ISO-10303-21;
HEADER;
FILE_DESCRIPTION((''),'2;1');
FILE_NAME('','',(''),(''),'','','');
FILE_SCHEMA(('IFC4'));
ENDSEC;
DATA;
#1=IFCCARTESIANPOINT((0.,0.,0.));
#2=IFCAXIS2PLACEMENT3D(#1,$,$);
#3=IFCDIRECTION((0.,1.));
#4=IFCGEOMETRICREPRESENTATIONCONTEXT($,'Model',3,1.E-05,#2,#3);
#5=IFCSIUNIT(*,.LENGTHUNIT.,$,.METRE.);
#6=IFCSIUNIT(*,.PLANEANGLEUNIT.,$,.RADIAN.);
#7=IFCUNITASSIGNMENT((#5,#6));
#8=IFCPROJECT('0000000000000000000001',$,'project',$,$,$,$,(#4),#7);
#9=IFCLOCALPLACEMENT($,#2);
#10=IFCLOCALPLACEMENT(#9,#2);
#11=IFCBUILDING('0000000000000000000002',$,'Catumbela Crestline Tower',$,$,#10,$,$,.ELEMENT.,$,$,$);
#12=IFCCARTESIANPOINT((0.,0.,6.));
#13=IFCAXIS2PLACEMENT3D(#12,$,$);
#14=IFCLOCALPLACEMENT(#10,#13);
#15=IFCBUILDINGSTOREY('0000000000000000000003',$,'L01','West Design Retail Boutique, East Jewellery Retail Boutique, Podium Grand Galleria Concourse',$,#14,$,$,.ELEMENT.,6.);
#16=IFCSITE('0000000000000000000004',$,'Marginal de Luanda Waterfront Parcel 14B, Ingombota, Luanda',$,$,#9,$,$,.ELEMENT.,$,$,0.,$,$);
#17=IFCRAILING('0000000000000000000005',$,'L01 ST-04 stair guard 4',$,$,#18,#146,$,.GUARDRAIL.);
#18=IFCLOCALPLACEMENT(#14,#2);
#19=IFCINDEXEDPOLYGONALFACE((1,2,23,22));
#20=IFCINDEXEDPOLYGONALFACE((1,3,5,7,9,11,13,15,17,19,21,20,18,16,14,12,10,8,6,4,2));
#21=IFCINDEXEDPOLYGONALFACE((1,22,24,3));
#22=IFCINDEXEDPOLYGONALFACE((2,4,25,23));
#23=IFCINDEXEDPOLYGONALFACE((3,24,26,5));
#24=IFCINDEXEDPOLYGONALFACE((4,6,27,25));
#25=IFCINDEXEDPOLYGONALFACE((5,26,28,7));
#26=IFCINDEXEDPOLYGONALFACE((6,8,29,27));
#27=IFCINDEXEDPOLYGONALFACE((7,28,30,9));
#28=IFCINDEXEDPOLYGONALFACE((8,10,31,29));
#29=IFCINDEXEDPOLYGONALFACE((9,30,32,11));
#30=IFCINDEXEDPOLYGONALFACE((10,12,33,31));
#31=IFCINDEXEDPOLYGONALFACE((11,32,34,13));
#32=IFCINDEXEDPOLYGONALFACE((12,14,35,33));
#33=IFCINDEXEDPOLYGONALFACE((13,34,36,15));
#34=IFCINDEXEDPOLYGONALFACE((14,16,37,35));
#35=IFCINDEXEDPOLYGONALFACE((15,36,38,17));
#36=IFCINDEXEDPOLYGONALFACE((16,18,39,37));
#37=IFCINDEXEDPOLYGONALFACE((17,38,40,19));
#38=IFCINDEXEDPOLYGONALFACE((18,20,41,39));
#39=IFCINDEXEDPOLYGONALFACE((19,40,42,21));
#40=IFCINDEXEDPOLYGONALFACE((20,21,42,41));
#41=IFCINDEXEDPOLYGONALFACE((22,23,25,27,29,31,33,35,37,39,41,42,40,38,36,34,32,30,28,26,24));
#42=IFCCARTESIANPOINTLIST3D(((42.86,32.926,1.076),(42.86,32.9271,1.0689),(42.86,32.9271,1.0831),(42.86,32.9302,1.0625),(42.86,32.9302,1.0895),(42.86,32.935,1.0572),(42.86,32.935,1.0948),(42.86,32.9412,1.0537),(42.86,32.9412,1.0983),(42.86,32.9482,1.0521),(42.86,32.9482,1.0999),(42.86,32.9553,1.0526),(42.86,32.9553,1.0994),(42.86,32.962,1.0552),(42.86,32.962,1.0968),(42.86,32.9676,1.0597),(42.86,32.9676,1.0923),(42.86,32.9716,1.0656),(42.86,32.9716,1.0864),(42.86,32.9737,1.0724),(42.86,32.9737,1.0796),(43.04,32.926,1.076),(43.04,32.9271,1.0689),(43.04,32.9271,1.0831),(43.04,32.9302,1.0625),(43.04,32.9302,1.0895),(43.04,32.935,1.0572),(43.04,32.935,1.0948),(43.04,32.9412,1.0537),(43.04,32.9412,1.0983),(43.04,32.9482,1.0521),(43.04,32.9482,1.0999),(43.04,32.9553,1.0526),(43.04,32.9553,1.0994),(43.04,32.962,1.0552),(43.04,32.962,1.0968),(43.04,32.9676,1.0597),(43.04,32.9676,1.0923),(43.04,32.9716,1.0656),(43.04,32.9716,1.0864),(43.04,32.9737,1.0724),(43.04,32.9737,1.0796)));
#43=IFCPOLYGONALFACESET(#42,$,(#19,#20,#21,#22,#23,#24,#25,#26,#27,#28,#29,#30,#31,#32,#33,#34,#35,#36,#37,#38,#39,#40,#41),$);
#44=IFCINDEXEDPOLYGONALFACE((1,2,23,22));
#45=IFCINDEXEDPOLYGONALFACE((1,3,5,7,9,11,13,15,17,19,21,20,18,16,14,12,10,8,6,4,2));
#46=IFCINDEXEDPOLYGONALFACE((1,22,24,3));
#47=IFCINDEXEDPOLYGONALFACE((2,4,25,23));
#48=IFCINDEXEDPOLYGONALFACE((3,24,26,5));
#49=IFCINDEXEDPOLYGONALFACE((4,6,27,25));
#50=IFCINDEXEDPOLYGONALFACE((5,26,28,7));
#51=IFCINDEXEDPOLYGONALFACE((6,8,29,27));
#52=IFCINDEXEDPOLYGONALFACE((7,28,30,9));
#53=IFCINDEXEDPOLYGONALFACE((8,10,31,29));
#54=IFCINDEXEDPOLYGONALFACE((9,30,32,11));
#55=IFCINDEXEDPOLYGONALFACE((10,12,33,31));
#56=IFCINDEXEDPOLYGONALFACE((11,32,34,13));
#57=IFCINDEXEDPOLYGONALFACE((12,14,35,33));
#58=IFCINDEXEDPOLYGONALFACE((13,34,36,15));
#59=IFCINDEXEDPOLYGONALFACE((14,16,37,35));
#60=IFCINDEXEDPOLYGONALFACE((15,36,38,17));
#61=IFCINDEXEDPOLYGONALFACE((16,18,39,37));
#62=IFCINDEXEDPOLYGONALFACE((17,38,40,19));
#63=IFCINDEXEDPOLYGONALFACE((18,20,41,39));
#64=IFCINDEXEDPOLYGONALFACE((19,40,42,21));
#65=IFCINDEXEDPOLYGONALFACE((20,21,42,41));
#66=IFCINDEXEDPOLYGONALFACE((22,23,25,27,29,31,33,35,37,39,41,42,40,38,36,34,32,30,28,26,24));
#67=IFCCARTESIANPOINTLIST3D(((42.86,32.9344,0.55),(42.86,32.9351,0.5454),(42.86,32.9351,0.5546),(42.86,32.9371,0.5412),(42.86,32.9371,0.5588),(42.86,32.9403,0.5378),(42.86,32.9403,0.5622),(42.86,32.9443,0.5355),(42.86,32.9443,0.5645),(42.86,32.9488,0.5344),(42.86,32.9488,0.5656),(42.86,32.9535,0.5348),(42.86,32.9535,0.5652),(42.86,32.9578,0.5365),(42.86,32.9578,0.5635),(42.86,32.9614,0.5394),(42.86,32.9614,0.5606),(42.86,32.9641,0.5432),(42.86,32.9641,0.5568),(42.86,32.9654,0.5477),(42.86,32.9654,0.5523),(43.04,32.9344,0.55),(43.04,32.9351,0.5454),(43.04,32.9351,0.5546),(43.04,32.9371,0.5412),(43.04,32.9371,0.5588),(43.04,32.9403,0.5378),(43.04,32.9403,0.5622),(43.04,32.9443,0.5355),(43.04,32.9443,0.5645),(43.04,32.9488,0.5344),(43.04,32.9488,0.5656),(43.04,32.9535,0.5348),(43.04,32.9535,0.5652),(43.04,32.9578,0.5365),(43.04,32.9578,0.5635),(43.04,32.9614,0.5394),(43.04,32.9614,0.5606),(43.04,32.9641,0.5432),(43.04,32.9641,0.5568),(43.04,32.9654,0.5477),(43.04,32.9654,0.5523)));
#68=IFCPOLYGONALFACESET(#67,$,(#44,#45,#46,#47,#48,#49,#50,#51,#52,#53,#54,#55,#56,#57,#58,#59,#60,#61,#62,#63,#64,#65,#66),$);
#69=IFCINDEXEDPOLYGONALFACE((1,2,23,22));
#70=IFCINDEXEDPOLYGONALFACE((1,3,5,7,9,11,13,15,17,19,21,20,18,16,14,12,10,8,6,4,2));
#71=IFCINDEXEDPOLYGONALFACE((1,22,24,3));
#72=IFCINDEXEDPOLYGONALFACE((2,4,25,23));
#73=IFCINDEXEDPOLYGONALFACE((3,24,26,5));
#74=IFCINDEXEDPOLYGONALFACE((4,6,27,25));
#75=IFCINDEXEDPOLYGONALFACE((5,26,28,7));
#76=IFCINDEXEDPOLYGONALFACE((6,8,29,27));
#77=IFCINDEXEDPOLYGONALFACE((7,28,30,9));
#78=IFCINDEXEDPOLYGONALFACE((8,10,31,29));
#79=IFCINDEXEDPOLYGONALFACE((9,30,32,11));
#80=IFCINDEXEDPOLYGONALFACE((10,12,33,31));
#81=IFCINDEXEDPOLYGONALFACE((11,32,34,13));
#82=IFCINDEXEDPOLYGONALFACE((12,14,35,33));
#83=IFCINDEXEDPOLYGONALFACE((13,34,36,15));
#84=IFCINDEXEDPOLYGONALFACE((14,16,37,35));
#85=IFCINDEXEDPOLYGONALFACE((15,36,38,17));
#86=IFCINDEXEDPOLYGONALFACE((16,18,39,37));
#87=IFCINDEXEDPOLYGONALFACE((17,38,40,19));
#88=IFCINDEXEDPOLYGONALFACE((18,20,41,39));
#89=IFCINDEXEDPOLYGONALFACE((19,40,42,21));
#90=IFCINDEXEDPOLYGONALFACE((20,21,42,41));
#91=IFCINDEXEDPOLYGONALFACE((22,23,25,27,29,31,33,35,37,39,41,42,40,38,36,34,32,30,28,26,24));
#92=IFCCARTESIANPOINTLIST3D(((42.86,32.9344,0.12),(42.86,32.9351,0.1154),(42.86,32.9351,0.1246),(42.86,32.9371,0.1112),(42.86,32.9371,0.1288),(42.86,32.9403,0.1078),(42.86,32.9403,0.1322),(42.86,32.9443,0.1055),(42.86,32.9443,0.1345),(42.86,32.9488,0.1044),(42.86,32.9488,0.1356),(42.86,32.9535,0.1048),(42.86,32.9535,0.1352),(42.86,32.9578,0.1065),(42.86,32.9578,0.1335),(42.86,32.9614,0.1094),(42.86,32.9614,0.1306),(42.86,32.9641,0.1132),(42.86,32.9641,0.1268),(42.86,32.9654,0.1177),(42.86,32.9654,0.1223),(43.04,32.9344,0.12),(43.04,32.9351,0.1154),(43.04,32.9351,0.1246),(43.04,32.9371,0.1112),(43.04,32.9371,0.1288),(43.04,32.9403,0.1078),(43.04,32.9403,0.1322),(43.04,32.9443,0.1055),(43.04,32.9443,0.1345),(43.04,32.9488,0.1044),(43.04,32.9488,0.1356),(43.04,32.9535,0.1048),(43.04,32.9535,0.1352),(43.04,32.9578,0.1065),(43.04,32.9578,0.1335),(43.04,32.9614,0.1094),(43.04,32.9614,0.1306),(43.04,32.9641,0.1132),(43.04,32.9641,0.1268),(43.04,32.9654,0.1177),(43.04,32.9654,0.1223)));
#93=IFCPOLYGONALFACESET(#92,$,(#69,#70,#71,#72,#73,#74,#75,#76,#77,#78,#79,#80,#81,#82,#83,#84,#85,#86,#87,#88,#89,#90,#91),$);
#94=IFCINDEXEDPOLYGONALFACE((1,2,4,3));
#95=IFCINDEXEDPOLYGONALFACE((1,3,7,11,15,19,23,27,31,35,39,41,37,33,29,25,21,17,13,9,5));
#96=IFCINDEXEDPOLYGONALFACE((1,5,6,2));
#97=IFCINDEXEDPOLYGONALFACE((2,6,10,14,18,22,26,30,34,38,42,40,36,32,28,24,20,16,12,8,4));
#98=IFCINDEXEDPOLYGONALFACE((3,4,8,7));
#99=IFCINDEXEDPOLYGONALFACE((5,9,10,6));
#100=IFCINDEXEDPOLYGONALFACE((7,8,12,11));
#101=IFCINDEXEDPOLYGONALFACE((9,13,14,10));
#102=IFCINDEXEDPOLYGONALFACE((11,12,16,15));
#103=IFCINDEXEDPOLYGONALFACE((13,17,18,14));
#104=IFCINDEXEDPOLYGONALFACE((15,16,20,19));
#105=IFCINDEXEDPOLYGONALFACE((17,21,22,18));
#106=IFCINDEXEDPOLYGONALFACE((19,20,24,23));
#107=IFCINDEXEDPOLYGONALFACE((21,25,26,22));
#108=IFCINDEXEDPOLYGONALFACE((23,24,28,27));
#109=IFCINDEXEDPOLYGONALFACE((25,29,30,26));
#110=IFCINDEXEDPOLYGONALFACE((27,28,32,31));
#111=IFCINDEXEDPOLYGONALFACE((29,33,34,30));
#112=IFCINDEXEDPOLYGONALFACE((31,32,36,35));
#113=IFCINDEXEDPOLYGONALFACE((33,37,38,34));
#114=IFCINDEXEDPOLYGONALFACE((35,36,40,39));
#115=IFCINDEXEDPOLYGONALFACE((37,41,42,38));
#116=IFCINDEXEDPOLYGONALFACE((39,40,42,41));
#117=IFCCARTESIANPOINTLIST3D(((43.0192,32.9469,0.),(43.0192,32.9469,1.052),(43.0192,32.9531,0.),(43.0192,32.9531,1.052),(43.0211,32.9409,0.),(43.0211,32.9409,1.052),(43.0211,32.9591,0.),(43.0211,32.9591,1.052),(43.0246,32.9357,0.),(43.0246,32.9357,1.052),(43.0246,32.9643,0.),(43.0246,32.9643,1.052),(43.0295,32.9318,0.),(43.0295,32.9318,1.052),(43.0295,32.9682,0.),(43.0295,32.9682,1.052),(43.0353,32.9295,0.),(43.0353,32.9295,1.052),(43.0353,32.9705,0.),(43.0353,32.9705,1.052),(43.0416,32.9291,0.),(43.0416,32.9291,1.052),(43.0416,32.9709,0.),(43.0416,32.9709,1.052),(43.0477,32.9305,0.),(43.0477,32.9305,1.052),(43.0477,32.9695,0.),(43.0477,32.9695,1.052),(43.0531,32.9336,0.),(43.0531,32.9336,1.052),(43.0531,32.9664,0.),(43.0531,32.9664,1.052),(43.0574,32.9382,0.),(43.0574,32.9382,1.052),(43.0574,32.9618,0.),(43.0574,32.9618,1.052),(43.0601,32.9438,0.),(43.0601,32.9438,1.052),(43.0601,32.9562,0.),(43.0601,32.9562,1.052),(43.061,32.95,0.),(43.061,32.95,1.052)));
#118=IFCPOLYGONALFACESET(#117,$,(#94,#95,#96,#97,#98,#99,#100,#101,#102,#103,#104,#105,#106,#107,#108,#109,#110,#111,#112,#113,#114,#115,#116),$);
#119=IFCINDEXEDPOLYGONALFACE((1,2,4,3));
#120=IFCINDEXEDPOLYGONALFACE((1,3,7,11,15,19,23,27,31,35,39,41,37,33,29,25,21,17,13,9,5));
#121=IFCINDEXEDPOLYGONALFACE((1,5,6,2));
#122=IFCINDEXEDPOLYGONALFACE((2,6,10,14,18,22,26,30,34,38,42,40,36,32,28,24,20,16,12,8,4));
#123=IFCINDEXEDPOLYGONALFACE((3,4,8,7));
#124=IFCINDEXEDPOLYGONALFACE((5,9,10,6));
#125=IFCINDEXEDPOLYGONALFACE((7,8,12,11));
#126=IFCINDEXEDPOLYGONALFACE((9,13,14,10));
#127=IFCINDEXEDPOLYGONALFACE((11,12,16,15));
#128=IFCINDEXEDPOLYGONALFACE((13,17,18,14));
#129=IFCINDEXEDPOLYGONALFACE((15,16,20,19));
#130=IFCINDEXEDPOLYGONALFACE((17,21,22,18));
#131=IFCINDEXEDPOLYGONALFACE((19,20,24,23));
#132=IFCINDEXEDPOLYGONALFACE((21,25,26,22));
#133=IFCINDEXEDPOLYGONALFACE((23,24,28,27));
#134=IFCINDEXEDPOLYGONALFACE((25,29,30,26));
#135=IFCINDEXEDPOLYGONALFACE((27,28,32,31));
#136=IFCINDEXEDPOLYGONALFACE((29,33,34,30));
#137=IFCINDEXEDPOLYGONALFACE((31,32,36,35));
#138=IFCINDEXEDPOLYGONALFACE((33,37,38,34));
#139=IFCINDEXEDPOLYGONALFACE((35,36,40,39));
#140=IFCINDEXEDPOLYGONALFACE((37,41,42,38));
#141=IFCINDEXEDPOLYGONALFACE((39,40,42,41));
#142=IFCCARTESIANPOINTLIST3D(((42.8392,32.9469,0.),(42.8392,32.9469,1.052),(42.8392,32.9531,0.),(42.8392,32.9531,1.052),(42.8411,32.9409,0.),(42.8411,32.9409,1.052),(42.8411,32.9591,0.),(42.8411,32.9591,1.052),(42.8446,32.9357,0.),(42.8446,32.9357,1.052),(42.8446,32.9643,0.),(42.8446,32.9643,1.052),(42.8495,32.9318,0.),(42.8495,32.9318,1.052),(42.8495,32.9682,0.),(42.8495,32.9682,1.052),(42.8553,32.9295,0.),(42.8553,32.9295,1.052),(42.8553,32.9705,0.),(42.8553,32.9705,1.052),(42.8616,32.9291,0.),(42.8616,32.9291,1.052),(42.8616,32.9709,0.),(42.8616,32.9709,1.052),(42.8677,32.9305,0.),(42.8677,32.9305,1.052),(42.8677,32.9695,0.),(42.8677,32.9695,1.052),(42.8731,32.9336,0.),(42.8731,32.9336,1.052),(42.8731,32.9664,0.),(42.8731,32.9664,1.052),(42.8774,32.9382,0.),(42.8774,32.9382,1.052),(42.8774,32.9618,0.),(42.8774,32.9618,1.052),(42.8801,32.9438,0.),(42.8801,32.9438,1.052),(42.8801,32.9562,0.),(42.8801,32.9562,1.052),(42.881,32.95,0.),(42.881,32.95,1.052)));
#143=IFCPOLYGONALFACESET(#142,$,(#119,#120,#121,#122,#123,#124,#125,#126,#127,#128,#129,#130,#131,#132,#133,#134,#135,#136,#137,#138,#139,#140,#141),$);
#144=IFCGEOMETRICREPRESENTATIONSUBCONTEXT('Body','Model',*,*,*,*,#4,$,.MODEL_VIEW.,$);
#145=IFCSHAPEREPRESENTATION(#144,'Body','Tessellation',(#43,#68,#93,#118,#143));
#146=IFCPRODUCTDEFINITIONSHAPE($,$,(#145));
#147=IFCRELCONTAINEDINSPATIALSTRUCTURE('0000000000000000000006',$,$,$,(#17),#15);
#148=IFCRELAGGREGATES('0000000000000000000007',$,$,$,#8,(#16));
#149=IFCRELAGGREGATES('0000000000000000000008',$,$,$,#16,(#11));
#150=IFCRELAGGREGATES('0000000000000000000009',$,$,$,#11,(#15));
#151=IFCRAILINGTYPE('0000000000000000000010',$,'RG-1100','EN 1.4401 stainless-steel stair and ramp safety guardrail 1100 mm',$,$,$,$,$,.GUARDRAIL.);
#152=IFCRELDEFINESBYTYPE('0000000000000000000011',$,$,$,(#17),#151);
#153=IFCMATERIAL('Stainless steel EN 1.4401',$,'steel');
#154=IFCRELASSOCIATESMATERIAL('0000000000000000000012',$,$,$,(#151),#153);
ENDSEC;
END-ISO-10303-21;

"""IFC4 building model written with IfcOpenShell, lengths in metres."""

from ifc_helpers import new_model, si_unit, direction, frame, origin, origin_2d, place, context, subcontext, project, spatial, circle, extrude, material, type_object, element, save


model = new_model("IFC4")

# Units and contexts
model_context = context("Model", 3, precision=1e-05, world=origin(), true_north=direction((0.0, 1.0)))
body_context = subcontext(model_context, "Body", "Model", "MODEL_VIEW")
ifc_project = project(units=[si_unit("LENGTHUNIT", "METRE"), si_unit("PLANEANGLEUNIT", "RADIAN")], contexts=[model_context])

# Site, building, storey
site_placement = place(None, origin())
site = spatial("IfcSite", under=ifc_project, at=site_placement, Name="Marginal de Luanda Waterfront Parcel 14B, Ingombota, Luanda", CompositionType="ELEMENT", RefElevation=0.0)
building_placement = place(site_placement, origin())
building = spatial("IfcBuilding", under=site, at=building_placement, Name="Catumbela Crestline Tower", CompositionType="ELEMENT")
storey_placement = place(building_placement, frame((0.0, 0.0, 6.0)))
storey = spatial("IfcBuildingStorey", under=building, at=storey_placement, Name="L01", Description="West Design Retail Boutique, East Jewellery Retail Boutique, Podium Grand Galleria Concourse", CompositionType="ELEMENT", Elevation=6.0)

# Railing
ifc_material_1 = material(Name="Stainless steel EN 1.4401", Category="steel")
railing_type_1 = type_object("IfcRailingType", Name="RG-1100", Description="EN 1.4401 stainless-steel stair and ramp safety guardrail 1100 mm", PredefinedType="GUARDRAIL", material=ifc_material_1)
railing_1_placement = place(storey_placement, frame((43.04, 32.95, 0.0)))
element("IfcRailing", 1, at=railing_1_placement, inside=storey, type_object=railing_type_1, Name="L01 ST-04 stair guard 4", PredefinedType="GUARDRAIL", context=body_context, shape_type="SweptSolid", body=[
    extrude(circle(Radius=0.024, at=origin_2d()), frame((0.0, 0.0, 1.076), z_axis=(-1.0, 0.0, 0.0), x_axis=(0.0, -1.0, 0.0)), (0.0, 0.0, 1.0), 0.18),
    extrude(circle(Radius=0.0156, at=origin_2d()), frame((0.0, 0.0, 0.55), z_axis=(-1.0, 0.0, 0.0), x_axis=(0.0, -1.0, 0.0)), (0.0, 0.0, 1.0), 0.18),
    extrude(circle(Radius=0.0156, at=origin_2d()), frame((0.0, 0.0, 0.12), z_axis=(-1.0, 0.0, 0.0), x_axis=(0.0, -1.0, 0.0)), (0.0, 0.0, 1.0), 0.18),
    extrude(circle(Radius=0.021, at=origin_2d()), origin(), (0.0, 0.0, 1.0), 1.052),
    extrude(circle(Radius=0.021, at=origin_2d()), frame((-0.18, 0.0, 0.0)), (0.0, 0.0, 1.0), 1.052),
])

save(model, "model.ifc")
